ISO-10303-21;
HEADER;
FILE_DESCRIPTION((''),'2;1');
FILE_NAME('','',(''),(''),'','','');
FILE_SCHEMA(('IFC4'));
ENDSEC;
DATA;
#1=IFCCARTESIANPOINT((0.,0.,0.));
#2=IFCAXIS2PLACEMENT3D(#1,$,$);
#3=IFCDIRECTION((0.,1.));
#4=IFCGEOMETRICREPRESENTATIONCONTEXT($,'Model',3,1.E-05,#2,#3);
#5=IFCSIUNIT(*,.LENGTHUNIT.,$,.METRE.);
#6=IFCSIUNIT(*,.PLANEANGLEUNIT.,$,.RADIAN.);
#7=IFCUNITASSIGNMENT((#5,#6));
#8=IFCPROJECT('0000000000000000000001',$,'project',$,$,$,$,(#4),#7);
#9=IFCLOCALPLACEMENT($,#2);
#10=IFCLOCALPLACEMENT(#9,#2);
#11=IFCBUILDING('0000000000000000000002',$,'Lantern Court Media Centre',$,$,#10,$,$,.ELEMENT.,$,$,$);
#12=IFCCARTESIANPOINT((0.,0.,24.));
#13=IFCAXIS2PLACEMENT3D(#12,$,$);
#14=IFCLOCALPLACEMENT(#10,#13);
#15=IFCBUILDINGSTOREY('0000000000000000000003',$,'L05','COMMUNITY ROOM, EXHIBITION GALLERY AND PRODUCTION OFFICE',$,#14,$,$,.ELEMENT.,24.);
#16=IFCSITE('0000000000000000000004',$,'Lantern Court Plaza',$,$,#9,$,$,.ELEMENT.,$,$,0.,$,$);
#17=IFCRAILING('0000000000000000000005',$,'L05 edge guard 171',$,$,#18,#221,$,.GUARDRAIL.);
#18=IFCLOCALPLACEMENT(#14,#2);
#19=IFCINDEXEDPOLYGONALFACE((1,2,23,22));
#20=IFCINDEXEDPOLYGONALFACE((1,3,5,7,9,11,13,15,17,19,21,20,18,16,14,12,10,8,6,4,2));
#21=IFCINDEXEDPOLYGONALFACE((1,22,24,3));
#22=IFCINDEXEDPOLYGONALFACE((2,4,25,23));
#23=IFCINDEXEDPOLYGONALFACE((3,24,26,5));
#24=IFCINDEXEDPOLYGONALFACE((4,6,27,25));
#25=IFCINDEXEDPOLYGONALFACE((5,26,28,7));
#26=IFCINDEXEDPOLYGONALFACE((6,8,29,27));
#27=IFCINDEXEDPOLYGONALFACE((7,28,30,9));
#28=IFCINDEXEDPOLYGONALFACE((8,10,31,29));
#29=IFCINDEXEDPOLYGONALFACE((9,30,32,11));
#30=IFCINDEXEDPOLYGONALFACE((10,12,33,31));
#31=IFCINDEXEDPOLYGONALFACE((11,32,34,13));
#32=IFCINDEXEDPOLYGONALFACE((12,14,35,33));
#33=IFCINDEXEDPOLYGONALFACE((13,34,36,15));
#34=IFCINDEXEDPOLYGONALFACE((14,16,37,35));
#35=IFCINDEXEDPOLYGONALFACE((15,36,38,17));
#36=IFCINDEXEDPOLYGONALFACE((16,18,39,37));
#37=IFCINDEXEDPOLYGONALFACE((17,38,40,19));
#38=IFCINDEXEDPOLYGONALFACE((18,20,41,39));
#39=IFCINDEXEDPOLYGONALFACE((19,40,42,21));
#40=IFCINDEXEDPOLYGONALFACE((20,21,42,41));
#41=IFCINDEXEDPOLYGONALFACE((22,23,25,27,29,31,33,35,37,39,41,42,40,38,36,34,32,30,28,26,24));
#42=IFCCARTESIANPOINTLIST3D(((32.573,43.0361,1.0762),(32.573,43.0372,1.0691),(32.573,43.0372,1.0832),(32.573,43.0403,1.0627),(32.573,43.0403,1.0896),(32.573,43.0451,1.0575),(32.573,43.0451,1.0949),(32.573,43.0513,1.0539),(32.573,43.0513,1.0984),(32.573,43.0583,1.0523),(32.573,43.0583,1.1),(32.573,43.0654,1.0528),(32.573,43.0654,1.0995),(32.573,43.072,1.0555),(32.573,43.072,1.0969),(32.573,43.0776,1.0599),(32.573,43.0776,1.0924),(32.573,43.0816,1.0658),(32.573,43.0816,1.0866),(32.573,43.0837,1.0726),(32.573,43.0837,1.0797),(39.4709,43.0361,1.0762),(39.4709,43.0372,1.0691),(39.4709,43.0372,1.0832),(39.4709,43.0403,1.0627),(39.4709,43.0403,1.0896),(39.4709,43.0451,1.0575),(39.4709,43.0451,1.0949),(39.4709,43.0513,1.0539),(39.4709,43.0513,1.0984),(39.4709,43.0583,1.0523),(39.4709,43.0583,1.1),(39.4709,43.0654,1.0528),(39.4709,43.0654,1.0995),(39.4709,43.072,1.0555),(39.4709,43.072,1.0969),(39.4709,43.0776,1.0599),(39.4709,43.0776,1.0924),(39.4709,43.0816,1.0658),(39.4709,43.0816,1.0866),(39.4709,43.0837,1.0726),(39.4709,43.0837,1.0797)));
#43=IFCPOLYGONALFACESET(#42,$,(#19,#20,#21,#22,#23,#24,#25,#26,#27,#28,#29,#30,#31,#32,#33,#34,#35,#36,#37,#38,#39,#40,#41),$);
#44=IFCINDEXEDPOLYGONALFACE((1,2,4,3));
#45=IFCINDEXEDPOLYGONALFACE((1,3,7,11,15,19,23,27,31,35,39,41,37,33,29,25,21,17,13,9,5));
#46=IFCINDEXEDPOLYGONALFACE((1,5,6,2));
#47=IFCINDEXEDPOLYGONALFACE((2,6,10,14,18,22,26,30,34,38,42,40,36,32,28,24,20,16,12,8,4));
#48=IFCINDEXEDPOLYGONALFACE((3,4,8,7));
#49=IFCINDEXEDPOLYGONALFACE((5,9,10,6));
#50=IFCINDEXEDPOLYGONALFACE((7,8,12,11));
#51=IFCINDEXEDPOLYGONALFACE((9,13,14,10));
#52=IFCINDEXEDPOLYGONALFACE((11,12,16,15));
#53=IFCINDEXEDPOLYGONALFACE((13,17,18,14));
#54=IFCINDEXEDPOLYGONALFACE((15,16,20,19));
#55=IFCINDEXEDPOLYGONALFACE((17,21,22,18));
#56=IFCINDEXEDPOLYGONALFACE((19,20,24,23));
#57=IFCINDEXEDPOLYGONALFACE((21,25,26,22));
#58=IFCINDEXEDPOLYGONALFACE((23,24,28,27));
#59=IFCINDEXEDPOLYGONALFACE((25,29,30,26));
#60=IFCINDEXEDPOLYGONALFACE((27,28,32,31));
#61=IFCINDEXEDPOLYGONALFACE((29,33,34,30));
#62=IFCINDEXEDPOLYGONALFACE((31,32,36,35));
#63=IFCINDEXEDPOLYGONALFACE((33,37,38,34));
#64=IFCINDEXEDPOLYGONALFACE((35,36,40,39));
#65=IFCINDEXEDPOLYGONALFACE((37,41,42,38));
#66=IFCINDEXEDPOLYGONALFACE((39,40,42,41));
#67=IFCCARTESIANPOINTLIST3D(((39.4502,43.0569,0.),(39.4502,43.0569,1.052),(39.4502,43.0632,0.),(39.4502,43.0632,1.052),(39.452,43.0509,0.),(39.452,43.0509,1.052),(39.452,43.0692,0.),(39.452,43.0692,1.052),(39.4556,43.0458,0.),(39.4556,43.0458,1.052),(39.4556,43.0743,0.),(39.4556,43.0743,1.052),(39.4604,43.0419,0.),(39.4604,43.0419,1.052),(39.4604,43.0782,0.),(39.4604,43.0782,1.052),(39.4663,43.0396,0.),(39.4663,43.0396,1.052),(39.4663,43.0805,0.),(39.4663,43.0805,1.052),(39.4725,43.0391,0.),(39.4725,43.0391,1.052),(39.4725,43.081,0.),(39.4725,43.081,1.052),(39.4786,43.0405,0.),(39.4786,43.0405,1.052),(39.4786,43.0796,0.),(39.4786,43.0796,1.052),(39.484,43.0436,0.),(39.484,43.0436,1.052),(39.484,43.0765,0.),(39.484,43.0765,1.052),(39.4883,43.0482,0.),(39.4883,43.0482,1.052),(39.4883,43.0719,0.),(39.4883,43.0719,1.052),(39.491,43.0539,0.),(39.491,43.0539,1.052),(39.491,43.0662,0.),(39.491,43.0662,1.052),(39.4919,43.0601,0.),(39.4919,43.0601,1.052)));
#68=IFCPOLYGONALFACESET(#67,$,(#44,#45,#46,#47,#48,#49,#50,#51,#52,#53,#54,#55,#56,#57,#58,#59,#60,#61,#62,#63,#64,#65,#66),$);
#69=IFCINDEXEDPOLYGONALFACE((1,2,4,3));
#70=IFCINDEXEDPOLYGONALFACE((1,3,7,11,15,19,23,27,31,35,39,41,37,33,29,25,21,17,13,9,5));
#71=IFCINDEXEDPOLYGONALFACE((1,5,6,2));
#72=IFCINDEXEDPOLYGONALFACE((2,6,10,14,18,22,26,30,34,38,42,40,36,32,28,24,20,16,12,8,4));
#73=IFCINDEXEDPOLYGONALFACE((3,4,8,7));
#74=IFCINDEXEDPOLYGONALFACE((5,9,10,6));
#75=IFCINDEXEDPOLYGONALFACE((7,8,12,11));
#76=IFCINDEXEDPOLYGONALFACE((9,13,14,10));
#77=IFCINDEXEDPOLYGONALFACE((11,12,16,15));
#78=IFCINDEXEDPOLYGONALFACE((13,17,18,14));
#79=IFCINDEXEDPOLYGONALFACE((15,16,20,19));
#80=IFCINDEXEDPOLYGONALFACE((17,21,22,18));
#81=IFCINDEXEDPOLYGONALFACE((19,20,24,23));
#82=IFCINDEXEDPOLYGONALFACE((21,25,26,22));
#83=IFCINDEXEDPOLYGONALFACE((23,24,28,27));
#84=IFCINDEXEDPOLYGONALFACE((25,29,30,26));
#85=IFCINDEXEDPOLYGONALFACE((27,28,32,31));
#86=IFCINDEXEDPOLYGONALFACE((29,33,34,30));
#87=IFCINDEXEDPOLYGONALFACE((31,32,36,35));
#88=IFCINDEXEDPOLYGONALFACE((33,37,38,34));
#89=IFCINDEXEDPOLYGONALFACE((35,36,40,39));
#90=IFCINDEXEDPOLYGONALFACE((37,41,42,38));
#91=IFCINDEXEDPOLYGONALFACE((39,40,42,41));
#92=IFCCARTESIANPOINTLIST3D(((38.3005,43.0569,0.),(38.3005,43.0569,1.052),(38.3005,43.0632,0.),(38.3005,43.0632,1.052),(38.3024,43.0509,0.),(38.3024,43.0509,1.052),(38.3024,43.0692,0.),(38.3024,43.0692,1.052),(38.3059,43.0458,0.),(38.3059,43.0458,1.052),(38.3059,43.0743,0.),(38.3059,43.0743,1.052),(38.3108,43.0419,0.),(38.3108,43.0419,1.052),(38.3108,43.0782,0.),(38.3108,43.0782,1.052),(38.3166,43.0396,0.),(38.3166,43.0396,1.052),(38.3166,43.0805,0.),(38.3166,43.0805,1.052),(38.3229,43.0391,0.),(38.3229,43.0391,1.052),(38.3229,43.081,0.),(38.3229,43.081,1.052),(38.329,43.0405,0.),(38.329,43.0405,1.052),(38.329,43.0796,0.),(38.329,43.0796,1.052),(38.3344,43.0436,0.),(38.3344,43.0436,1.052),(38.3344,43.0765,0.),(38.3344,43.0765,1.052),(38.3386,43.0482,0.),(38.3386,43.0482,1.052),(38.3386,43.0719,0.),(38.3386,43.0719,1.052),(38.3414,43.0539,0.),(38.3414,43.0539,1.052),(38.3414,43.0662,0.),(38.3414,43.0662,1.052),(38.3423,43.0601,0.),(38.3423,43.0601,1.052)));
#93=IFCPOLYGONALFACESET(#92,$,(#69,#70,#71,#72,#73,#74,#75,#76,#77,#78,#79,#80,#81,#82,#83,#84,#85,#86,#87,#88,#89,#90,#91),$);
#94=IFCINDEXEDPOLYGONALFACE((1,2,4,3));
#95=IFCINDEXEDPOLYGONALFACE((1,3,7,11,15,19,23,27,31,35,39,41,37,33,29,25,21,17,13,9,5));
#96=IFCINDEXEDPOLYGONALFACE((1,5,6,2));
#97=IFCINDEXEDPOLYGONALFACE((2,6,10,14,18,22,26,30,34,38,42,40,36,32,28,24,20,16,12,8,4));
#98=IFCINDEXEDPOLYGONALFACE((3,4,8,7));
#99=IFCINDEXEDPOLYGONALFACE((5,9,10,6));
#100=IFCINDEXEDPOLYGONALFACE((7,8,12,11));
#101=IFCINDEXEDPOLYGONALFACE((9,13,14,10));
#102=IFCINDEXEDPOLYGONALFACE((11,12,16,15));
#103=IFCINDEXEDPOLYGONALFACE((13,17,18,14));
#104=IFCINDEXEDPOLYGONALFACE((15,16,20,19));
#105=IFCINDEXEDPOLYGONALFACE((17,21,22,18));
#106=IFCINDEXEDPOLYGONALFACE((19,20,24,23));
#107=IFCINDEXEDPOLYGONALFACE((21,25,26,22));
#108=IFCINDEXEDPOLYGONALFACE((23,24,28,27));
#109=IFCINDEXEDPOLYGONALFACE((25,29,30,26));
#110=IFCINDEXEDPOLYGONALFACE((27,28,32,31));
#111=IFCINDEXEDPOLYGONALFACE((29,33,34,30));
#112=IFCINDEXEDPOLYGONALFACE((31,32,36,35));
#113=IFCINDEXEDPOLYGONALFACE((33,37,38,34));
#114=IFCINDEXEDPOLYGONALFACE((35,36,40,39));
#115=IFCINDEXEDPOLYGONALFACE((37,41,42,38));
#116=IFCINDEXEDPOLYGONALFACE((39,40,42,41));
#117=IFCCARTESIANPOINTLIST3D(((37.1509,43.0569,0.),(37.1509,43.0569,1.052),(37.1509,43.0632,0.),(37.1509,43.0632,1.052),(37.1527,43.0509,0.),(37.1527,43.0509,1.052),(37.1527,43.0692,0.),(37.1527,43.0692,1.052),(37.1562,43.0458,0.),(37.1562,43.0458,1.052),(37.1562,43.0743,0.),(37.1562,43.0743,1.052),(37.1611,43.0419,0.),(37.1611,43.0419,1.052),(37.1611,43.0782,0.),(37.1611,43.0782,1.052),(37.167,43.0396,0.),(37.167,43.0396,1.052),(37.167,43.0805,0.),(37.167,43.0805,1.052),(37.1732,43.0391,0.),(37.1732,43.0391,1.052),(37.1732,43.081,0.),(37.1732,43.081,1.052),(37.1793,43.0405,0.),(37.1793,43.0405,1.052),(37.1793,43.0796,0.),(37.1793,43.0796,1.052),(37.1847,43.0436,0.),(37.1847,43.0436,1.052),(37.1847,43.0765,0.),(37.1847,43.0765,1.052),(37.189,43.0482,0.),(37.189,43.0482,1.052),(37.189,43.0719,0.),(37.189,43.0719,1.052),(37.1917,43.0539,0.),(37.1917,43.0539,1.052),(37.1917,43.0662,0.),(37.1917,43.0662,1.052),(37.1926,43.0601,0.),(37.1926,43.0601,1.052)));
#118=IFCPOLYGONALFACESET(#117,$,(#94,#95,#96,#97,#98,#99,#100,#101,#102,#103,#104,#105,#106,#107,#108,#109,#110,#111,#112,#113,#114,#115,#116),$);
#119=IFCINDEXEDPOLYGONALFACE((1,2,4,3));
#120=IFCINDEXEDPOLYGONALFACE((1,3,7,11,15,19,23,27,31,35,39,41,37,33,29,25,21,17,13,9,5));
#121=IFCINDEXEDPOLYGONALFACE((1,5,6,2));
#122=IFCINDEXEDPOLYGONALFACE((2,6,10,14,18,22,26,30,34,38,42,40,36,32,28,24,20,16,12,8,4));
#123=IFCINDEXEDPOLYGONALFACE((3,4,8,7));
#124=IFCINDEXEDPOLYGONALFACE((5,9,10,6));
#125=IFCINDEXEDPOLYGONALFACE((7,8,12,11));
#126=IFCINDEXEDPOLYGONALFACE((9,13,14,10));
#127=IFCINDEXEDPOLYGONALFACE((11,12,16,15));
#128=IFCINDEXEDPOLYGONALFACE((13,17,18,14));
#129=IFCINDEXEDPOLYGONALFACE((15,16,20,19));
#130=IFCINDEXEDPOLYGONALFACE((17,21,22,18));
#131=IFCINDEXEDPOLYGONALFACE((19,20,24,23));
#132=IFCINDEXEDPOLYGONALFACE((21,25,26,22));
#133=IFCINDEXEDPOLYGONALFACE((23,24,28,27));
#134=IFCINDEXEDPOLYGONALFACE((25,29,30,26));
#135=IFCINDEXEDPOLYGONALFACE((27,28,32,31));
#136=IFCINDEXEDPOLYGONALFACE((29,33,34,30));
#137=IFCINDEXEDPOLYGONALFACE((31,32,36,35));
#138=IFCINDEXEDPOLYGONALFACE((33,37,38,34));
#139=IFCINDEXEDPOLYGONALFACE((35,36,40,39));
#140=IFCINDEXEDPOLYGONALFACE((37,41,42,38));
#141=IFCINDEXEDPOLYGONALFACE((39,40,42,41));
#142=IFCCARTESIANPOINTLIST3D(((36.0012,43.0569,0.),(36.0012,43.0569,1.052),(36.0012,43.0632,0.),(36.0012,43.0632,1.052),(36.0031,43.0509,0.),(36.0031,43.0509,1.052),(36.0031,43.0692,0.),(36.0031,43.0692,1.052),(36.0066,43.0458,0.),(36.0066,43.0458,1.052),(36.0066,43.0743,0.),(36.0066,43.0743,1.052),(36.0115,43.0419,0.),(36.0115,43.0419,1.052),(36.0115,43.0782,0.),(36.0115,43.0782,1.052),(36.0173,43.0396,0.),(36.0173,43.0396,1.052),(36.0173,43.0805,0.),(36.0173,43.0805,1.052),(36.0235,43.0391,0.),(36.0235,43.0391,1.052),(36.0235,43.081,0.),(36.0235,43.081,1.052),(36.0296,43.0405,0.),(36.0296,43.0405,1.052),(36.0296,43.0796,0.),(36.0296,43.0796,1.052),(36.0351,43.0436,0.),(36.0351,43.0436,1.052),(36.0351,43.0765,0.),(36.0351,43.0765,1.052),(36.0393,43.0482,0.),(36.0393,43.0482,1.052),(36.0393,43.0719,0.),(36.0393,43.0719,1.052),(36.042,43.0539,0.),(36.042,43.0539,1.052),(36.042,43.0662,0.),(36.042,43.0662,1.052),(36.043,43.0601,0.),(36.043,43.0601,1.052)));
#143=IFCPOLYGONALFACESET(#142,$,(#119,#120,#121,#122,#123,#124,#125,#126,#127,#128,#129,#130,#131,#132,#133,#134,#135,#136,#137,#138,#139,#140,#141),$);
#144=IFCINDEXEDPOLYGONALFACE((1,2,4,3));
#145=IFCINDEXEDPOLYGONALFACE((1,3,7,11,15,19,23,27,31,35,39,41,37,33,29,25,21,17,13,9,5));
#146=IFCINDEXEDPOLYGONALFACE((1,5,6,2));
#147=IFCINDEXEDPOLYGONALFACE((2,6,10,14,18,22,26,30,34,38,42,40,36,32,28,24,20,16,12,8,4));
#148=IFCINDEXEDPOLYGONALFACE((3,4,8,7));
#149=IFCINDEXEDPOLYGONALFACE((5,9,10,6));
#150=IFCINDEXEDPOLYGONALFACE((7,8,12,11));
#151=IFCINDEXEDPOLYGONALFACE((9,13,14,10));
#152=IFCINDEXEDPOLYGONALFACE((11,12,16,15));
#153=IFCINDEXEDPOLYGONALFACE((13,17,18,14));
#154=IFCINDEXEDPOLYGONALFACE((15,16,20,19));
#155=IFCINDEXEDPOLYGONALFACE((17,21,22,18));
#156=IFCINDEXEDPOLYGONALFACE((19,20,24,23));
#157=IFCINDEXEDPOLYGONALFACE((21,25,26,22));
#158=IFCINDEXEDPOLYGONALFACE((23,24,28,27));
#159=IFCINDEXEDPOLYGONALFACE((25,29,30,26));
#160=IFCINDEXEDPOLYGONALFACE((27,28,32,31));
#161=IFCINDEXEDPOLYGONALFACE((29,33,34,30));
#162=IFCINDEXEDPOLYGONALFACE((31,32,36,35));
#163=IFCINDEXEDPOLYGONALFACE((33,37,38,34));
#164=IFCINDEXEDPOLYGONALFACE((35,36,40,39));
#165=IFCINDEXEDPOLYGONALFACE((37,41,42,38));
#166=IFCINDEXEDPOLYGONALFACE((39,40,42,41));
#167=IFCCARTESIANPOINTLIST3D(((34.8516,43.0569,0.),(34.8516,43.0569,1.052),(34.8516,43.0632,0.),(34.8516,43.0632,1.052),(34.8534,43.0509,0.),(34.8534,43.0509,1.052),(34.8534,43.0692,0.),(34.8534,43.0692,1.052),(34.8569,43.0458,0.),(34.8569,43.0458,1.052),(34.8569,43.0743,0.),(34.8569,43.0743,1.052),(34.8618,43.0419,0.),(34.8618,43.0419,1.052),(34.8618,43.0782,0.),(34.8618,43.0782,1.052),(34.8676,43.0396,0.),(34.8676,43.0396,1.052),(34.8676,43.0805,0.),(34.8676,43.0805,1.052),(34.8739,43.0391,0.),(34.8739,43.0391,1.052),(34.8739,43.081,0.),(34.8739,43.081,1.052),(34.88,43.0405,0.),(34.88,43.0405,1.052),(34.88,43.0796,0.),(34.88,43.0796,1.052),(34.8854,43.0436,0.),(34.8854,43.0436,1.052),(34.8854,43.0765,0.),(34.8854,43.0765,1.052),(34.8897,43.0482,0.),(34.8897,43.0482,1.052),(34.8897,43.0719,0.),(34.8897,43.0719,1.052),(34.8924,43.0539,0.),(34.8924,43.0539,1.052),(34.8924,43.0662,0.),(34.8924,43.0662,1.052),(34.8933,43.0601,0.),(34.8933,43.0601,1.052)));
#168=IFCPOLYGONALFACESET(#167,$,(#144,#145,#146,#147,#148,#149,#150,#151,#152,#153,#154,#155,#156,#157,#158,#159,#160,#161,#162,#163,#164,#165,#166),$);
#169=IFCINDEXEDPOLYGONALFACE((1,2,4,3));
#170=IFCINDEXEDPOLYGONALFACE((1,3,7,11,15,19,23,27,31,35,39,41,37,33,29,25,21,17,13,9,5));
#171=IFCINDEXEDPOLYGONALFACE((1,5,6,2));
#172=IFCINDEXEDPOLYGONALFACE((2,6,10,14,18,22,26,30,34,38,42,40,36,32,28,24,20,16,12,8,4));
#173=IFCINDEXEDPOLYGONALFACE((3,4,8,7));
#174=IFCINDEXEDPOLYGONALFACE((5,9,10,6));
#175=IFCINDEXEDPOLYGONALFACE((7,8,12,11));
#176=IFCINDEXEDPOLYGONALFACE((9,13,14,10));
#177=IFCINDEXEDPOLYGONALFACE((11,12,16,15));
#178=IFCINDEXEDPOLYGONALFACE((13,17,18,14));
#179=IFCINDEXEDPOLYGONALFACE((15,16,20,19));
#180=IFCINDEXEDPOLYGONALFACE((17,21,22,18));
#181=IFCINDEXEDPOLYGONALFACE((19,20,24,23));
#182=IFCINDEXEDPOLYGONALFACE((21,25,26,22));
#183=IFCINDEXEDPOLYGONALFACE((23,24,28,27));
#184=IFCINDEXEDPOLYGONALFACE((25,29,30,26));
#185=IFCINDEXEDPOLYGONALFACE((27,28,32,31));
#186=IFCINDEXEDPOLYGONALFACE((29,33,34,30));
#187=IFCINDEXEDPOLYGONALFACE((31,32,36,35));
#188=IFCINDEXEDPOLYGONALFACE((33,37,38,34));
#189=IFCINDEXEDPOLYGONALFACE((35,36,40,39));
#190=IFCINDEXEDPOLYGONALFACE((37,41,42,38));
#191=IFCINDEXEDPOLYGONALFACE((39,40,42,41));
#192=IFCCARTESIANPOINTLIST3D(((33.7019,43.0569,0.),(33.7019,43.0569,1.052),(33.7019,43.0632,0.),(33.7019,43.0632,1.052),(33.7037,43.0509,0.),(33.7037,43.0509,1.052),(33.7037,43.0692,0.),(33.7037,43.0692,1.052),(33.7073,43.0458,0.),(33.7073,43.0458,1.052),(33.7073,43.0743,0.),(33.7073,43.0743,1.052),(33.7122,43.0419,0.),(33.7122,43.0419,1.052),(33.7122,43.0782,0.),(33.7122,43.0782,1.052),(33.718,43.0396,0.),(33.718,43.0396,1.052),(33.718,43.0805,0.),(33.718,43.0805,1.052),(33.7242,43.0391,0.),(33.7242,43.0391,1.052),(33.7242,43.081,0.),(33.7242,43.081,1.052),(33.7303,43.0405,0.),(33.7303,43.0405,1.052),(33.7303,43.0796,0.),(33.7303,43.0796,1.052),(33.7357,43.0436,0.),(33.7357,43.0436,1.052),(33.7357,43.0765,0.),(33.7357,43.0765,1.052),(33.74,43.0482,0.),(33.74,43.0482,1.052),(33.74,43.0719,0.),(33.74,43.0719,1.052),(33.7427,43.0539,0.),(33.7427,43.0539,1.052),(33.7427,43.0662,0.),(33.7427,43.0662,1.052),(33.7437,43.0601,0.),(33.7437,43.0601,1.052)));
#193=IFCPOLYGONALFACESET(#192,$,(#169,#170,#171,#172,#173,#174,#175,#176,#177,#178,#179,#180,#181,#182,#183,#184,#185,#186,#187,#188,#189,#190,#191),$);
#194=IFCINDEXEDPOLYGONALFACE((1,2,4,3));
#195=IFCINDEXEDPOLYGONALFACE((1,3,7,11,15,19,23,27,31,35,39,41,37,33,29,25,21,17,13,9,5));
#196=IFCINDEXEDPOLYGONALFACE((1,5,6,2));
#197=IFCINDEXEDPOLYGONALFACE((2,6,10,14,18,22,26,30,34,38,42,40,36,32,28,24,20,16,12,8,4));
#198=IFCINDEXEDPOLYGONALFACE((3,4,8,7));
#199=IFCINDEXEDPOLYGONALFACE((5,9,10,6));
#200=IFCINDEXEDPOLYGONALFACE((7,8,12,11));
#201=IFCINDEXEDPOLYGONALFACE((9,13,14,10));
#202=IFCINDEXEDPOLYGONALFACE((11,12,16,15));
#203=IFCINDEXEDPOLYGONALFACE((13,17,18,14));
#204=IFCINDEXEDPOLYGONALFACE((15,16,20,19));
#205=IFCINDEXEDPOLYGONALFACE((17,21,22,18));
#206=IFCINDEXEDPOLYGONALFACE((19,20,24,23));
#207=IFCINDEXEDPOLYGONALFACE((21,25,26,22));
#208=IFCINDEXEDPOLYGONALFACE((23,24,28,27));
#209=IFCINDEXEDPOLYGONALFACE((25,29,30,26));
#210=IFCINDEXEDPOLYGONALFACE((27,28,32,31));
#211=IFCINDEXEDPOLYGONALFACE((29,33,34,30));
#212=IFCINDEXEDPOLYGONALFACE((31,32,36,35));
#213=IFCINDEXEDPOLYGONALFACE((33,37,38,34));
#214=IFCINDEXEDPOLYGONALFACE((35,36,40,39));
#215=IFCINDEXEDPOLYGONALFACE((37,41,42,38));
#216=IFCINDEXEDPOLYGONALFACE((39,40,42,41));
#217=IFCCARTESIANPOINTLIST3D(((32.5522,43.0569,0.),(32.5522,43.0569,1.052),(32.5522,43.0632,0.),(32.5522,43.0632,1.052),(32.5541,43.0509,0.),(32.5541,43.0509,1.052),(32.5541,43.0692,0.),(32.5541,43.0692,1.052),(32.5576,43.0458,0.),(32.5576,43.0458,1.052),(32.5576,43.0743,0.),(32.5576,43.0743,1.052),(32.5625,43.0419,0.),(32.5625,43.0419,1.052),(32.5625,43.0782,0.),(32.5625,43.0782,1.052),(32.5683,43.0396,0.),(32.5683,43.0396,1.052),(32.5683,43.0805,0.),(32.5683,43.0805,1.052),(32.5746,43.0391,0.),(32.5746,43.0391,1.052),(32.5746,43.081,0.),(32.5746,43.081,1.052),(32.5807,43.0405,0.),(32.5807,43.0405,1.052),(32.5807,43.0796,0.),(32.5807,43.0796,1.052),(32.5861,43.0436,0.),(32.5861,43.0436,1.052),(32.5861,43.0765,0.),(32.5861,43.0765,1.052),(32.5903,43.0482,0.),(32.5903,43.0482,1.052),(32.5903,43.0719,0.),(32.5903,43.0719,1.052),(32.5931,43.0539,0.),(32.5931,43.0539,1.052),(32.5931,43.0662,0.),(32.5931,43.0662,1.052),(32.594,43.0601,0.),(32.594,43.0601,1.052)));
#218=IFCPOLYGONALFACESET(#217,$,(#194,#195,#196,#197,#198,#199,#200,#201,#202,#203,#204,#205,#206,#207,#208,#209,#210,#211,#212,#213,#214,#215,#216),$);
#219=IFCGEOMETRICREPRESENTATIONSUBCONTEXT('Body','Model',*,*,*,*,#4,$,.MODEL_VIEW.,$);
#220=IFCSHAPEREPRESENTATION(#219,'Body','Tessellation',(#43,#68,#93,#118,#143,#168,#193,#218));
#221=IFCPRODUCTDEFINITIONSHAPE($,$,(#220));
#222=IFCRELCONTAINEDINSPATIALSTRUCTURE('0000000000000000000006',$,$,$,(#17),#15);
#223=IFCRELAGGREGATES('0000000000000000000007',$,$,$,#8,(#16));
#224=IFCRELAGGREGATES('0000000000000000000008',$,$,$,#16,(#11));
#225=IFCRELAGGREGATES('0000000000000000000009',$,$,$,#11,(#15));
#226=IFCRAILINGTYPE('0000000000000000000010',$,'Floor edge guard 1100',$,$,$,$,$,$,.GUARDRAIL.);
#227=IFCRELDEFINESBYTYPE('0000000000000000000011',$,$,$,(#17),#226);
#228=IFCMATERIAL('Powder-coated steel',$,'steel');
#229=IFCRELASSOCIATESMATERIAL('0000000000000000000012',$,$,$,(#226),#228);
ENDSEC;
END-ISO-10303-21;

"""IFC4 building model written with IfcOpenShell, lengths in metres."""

from ifc_helpers import new_model, si_unit, direction, frame, origin, origin_2d, place, context, subcontext, project, spatial, circle, extrude, material, type_object, element, save


model = new_model("IFC4")

# Units and contexts
model_context = context("Model", 3, precision=1e-05, world=origin(), true_north=direction((0.0, 1.0)))
body_context = subcontext(model_context, "Body", "Model", "MODEL_VIEW")
ifc_project = project(units=[si_unit("LENGTHUNIT", "METRE"), si_unit("PLANEANGLEUNIT", "RADIAN")], contexts=[model_context])

# Site, building, storey
site_placement = place(None, origin())
site = spatial("IfcSite", under=ifc_project, at=site_placement, Name="Lantern Court Plaza", CompositionType="ELEMENT", RefElevation=0.0)
building_placement = place(site_placement, origin())
building = spatial("IfcBuilding", under=site, at=building_placement, Name="Lantern Court Media Centre", CompositionType="ELEMENT")
storey_placement = place(building_placement, frame((0.0, 0.0, 24.0)))
storey = spatial("IfcBuildingStorey", under=building, at=storey_placement, Name="L05", Description="COMMUNITY ROOM, EXHIBITION GALLERY AND PRODUCTION OFFICE", CompositionType="ELEMENT", Elevation=24.0)

# Railing
ifc_material_1 = material(Name="Powder-coated steel", Category="steel")
railing_type = type_object("IfcRailingType", Name="Floor edge guard 1100", PredefinedType="GUARDRAIL", material=ifc_material_1)
railing_placement = place(storey_placement, frame((39.4709, 43.0601, 0.0)))
element("IfcRailing", 1, at=railing_placement, inside=storey, type_object=railing_type, Name="L05 edge guard 171", PredefinedType="GUARDRAIL", context=body_context, shape_type="SweptSolid", body=[
    extrude(circle(Radius=0.0239, at=origin_2d()), frame((0.0, 0.0, 1.0762), z_axis=(-1.0, 0.0, 0.0), x_axis=(0.0, -1.0, 0.0)), (0.0, 0.0, 1.0), 6.8979),
    extrude(circle(Radius=0.021, at=origin_2d()), origin(), (0.0, 0.0, 1.0), 1.052),
    extrude(circle(Radius=0.021, at=origin_2d()), frame((-1.1497, 0.0, 0.0)), (0.0, 0.0, 1.0), 1.052),
    extrude(circle(Radius=0.021, at=origin_2d()), frame((-2.2993, 0.0, 0.0)), (0.0, 0.0, 1.0), 1.052),
    extrude(circle(Radius=0.021, at=origin_2d()), frame((-3.449, 0.0, 0.0)), (0.0, 0.0, 1.0), 1.052),
    extrude(circle(Radius=0.021, at=origin_2d()), frame((-4.5986, 0.0, 0.0)), (0.0, 0.0, 1.0), 1.052),
    extrude(circle(Radius=0.021, at=origin_2d()), frame((-5.7483, 0.0, 0.0)), (0.0, 0.0, 1.0), 1.052),
    extrude(circle(Radius=0.021, at=origin_2d()), frame((-6.8979, 0.0, 0.0)), (0.0, 0.0, 1.0), 1.052),
])

save(model, "model.ifc")
